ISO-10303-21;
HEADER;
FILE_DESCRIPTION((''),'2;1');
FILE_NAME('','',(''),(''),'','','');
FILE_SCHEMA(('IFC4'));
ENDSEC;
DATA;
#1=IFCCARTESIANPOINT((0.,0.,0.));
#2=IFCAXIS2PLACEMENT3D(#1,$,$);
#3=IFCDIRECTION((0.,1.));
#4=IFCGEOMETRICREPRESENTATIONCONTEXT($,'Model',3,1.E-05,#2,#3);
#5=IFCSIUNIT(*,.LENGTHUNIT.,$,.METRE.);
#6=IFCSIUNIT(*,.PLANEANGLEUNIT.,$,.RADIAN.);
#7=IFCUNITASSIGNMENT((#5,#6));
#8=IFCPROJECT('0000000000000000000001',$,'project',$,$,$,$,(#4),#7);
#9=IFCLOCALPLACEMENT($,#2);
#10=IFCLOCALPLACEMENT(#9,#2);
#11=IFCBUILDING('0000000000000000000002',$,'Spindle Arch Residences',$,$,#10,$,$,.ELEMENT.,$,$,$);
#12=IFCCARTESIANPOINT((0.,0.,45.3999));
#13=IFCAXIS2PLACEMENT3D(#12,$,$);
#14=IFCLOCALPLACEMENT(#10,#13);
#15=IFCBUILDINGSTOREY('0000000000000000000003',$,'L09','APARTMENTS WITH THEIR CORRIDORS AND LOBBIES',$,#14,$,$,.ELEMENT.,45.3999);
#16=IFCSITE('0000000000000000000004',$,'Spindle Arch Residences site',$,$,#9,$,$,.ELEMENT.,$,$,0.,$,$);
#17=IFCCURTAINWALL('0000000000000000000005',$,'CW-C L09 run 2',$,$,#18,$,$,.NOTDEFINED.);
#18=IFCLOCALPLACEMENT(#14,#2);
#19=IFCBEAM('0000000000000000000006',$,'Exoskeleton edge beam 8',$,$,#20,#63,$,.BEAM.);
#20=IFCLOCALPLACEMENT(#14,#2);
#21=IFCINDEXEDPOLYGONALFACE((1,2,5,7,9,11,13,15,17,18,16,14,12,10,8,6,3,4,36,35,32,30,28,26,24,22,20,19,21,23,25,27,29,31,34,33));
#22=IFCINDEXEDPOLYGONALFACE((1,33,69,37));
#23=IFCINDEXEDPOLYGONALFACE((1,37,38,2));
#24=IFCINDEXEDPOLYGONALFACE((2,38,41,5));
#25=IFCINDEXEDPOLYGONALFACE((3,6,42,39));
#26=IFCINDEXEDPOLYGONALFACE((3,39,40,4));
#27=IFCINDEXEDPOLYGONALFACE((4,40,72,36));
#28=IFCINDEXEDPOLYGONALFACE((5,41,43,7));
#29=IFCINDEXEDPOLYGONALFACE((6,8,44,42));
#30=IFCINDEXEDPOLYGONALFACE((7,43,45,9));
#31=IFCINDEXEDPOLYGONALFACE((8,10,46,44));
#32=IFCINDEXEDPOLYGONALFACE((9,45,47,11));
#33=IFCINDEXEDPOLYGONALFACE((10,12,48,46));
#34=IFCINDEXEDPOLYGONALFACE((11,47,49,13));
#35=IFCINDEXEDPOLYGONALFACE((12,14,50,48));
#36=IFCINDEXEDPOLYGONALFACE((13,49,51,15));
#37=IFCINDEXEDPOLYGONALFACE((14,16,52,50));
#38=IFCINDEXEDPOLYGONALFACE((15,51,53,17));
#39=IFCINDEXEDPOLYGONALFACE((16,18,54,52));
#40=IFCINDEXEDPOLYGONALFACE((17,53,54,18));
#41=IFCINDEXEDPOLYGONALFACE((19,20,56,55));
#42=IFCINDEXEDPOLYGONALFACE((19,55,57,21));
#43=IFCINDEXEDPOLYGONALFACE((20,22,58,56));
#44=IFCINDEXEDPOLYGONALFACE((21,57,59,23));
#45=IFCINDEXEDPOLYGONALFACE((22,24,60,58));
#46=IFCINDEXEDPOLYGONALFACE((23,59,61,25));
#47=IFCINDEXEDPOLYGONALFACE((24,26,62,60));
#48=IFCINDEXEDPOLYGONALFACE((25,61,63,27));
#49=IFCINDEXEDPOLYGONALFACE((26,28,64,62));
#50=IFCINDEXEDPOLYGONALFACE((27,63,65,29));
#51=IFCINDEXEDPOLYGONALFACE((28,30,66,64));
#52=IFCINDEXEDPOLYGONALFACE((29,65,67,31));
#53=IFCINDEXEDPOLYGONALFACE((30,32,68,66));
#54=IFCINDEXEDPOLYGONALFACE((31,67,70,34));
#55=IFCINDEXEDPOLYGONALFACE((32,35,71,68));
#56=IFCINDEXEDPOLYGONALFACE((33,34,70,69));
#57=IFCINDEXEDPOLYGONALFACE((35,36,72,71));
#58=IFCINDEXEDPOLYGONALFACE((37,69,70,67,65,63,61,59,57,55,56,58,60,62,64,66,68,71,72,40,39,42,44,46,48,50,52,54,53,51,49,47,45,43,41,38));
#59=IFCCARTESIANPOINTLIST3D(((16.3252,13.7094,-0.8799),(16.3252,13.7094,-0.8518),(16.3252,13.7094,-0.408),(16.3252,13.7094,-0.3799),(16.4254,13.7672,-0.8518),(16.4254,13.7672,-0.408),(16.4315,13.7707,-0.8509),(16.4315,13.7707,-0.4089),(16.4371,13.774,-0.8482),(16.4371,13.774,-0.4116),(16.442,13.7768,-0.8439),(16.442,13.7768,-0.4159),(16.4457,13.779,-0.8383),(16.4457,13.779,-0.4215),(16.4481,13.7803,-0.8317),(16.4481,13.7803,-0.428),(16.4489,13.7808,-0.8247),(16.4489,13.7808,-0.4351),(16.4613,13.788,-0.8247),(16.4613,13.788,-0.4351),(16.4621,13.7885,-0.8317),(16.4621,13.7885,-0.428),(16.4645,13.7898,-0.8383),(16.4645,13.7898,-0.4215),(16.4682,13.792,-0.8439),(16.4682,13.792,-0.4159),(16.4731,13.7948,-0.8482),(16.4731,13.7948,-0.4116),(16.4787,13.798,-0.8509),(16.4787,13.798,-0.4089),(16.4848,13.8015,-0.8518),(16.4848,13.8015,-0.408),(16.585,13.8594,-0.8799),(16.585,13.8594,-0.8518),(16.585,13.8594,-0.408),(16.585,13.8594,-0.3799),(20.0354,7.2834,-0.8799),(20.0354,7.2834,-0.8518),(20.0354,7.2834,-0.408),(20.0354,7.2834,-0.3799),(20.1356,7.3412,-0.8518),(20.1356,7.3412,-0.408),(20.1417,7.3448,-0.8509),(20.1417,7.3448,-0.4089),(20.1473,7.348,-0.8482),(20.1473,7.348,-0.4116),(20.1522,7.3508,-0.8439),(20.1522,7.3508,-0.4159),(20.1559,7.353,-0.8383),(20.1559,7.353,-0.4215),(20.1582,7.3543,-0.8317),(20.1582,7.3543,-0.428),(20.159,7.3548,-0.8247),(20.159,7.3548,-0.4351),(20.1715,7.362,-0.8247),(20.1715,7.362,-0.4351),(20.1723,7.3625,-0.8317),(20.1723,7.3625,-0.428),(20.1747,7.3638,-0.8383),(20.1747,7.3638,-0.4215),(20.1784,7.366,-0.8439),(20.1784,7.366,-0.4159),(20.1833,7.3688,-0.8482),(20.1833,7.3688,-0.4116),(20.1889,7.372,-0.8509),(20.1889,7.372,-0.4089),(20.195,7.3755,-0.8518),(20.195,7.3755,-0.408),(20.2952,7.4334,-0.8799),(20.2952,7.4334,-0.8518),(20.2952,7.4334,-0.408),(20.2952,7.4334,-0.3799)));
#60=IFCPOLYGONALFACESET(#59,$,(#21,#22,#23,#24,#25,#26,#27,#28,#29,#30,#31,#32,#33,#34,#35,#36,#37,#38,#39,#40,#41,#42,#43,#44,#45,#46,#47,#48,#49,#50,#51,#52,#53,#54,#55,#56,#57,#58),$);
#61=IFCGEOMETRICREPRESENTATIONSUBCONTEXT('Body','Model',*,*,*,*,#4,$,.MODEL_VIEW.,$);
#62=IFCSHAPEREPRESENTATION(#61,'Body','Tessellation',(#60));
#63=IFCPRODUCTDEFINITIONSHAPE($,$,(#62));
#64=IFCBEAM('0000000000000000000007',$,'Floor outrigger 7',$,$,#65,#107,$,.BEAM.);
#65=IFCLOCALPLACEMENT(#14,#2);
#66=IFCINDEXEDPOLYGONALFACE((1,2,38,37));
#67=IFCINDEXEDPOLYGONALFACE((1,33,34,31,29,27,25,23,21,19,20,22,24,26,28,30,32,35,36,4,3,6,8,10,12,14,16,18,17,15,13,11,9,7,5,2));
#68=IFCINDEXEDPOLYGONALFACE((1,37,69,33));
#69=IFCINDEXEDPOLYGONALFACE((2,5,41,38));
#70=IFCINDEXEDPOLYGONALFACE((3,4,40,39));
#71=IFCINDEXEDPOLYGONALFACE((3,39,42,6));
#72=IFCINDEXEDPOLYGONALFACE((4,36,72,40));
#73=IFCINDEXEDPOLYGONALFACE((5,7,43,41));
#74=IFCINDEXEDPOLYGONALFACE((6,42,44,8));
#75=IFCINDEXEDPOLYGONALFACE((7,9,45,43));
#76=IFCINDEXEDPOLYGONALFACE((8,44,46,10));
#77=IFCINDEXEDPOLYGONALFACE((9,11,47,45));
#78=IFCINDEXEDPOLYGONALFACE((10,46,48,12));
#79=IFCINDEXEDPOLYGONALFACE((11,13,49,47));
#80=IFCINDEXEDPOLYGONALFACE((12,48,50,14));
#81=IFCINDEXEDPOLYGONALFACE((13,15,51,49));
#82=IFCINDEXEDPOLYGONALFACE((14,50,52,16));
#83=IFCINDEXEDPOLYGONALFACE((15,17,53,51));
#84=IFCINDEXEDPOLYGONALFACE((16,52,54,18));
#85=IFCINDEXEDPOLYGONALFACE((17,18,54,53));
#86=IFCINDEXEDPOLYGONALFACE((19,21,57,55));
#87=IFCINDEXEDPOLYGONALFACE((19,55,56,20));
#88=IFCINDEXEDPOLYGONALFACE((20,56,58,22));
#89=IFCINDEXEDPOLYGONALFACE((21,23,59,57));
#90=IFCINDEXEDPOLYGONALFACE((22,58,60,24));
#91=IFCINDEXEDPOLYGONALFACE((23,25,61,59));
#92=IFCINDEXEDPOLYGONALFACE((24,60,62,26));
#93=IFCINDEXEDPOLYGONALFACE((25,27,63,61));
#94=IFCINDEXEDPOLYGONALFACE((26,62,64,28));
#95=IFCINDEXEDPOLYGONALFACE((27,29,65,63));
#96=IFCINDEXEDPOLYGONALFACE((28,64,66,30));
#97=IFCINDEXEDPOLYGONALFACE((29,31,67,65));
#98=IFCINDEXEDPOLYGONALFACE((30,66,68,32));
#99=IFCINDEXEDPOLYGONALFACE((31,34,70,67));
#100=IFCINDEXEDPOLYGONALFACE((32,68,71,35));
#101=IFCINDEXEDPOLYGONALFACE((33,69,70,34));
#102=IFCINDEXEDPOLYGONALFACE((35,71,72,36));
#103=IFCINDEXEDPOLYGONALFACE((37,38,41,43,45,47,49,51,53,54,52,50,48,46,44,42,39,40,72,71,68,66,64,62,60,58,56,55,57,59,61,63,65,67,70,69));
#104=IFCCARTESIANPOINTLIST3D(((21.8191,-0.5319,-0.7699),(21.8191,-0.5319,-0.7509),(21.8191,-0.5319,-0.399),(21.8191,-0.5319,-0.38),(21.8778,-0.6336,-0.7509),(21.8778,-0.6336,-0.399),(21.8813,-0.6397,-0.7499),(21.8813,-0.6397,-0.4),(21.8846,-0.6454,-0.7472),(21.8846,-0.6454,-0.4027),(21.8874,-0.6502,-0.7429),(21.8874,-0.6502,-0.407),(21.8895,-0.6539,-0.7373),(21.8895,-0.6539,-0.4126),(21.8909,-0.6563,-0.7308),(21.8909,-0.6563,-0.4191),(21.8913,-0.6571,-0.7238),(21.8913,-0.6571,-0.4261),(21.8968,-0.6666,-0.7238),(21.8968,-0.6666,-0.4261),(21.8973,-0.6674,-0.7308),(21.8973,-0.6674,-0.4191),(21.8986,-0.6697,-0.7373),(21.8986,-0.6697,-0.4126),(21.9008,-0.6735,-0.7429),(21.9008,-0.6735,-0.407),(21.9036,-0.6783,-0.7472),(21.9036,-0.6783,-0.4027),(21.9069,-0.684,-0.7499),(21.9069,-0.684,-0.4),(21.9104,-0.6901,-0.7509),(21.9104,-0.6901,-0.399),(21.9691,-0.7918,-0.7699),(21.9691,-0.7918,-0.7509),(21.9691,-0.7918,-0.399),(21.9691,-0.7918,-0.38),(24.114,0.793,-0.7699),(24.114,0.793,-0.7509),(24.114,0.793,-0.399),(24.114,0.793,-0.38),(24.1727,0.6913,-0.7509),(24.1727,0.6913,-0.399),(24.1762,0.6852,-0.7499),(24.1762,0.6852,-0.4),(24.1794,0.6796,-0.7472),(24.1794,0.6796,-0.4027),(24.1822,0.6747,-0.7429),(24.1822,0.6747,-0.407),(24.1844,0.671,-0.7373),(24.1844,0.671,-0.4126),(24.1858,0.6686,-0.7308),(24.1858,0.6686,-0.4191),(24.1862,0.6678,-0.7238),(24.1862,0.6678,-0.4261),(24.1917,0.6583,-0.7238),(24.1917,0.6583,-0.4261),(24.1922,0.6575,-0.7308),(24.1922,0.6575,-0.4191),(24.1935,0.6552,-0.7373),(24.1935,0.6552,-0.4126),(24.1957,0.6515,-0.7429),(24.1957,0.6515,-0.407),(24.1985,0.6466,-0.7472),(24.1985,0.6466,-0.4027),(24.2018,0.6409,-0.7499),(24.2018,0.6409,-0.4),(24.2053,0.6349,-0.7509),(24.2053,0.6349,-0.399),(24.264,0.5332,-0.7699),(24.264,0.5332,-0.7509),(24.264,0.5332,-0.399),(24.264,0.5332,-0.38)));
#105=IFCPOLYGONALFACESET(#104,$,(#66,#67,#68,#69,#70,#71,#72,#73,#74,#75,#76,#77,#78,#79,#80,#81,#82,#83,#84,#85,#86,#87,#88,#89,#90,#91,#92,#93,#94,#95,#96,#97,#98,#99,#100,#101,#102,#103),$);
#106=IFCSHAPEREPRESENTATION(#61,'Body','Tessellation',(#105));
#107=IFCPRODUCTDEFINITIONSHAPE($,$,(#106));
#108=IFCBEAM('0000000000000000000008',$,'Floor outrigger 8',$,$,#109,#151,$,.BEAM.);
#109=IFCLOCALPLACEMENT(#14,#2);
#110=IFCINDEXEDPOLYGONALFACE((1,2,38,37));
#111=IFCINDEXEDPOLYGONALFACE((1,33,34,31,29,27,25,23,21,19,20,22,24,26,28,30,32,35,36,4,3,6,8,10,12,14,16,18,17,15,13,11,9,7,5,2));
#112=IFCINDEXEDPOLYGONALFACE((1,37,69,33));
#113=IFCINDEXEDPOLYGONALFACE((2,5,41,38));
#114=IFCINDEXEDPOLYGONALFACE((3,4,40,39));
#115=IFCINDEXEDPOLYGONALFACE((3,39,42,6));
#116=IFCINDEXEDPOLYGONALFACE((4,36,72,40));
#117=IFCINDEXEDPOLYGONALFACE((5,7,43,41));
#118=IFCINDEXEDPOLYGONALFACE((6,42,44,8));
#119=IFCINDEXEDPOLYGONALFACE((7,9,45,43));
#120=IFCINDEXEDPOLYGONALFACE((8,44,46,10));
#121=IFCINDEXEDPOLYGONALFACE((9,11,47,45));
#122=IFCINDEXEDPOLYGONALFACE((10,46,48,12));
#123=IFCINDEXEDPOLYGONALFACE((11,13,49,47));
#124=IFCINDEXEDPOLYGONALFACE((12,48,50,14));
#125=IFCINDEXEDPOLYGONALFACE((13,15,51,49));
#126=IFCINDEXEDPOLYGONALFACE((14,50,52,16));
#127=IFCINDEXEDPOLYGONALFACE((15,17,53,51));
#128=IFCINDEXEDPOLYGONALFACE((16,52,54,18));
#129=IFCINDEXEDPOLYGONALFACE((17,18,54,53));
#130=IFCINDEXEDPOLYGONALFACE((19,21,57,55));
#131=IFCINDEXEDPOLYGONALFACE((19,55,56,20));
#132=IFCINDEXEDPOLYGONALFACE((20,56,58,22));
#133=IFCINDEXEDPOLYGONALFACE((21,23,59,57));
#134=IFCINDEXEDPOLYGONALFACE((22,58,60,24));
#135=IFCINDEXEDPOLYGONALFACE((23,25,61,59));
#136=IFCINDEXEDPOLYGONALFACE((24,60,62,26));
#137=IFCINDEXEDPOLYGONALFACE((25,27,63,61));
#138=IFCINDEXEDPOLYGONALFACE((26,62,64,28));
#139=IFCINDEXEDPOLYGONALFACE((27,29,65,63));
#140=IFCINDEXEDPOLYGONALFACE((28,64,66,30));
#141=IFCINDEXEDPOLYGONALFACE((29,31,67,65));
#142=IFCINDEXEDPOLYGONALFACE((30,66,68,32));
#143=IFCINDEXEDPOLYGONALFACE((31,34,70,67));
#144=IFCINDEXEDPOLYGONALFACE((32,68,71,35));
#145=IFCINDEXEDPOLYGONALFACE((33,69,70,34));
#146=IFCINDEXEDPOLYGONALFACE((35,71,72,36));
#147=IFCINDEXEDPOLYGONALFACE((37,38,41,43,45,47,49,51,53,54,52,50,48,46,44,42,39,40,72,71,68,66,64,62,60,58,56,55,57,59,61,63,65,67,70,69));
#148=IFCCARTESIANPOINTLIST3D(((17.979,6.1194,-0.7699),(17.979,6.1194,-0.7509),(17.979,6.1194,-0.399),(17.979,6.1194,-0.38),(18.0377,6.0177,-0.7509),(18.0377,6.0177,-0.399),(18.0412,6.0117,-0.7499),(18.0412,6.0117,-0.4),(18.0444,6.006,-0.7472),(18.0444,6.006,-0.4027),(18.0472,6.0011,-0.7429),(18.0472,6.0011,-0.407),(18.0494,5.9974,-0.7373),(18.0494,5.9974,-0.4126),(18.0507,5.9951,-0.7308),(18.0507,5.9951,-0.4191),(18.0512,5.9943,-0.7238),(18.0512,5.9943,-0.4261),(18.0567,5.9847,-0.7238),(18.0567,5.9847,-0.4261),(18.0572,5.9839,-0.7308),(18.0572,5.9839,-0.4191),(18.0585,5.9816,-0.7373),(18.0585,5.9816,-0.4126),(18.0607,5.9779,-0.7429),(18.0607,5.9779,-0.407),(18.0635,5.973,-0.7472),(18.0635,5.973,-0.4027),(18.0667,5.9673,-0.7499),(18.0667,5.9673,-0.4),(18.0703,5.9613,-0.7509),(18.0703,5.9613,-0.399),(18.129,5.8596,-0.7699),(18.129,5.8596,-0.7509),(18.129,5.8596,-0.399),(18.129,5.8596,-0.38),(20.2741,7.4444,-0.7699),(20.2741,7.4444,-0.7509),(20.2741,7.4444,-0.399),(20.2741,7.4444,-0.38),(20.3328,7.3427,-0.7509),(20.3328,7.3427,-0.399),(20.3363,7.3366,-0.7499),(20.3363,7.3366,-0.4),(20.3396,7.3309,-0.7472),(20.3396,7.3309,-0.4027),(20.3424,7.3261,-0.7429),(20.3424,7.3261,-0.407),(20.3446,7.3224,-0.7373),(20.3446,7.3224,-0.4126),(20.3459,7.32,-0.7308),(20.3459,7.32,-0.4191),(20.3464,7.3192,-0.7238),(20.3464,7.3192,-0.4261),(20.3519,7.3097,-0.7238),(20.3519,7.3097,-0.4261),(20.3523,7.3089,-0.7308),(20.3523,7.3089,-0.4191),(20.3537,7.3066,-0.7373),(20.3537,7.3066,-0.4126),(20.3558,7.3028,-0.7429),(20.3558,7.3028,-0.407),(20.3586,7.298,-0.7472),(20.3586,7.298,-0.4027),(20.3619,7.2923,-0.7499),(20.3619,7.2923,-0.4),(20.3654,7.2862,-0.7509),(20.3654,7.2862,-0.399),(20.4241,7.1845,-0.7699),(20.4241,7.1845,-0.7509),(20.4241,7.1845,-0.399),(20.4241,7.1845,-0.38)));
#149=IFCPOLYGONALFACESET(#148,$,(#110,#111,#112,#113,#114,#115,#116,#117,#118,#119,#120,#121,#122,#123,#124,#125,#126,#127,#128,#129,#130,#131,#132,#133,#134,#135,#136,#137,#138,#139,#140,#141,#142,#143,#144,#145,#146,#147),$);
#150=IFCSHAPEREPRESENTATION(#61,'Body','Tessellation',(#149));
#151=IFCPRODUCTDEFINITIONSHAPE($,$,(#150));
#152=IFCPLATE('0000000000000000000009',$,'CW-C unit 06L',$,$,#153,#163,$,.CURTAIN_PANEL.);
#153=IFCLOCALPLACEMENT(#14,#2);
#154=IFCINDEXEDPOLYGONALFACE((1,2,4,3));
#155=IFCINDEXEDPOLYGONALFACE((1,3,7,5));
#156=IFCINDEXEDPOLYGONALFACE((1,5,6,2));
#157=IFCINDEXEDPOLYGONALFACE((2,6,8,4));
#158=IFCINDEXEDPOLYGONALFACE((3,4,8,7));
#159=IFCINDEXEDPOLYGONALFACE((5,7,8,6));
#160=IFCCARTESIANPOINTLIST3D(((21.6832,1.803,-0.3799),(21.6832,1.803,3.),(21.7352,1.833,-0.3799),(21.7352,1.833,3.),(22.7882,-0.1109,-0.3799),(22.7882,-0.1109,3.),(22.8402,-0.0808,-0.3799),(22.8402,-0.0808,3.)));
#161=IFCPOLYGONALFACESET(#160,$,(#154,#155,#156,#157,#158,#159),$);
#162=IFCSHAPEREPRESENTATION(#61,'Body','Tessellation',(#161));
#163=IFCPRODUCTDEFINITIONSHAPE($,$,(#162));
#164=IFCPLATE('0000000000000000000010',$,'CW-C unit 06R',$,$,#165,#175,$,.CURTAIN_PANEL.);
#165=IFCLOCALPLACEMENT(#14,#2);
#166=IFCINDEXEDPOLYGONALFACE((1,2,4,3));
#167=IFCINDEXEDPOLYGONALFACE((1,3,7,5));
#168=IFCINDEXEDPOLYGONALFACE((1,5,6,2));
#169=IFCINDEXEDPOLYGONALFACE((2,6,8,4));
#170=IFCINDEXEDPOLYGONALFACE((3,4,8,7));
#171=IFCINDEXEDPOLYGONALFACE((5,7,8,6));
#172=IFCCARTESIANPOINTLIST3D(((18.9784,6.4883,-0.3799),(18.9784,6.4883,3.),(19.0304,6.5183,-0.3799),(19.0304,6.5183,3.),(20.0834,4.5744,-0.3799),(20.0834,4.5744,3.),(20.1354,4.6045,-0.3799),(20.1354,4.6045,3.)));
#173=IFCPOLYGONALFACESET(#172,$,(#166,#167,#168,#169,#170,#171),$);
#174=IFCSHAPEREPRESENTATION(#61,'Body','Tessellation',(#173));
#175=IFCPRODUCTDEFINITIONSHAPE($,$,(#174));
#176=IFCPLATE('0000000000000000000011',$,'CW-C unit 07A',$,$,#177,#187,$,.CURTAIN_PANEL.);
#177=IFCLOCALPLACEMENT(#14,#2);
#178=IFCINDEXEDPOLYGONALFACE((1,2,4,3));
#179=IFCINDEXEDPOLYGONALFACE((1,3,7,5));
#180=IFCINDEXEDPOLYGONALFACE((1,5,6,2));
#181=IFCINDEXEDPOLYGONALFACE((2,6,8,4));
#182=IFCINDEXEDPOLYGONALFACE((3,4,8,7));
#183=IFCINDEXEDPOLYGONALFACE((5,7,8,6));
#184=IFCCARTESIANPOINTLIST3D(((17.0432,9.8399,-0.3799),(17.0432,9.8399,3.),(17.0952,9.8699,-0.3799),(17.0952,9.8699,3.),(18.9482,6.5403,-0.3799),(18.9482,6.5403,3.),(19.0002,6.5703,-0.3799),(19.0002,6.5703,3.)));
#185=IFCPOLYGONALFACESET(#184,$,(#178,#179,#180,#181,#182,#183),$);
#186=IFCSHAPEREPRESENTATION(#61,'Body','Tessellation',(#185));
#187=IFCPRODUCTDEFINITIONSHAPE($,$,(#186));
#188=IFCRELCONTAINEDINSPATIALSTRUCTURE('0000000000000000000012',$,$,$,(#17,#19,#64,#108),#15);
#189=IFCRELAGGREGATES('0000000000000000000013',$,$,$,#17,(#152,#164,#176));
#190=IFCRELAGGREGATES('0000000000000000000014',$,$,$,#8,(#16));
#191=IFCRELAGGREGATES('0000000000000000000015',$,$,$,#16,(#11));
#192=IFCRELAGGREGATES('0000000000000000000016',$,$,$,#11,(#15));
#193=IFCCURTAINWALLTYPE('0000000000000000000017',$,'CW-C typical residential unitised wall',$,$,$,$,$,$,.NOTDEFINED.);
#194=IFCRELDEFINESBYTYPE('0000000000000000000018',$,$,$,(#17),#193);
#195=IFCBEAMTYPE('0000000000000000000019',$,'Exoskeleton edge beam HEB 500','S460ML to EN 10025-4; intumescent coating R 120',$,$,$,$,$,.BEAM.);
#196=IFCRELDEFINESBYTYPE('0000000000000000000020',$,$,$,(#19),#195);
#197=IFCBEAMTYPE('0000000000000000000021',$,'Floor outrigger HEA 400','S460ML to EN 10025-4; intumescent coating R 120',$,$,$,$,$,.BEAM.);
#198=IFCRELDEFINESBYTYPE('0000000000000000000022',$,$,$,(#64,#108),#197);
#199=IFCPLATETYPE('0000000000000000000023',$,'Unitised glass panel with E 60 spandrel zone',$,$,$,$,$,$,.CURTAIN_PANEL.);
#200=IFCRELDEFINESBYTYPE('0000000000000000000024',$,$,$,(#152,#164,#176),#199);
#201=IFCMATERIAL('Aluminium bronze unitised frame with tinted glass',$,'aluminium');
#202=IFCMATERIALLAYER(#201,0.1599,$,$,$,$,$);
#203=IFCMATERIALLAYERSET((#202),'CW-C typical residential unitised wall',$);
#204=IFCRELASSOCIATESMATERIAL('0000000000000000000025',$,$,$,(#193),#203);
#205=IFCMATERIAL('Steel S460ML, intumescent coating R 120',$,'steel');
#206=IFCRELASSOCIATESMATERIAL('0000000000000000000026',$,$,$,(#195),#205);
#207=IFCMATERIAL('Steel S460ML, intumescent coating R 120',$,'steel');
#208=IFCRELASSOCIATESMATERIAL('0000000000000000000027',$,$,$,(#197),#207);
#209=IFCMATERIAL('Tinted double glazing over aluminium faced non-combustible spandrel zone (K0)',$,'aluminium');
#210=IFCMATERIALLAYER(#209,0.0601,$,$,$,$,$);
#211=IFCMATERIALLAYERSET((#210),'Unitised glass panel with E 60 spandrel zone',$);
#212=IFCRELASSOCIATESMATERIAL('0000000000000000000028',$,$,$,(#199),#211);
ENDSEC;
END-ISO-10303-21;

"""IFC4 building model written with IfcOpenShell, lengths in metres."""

from ifc_helpers import new_model, si_unit, direction, frame, origin, origin_2d, place, context, subcontext, project, spatial, rectangle, i_section, extrude, material, layer, layer_set, material_profile, profile_set, type_object, element, aggregate, save


model = new_model("IFC4")

# Units and contexts
model_context = context("Model", 3, precision=1e-05, world=origin(), true_north=direction((0.0, 1.0)))
body_context = subcontext(model_context, "Body", "Model", "MODEL_VIEW")
ifc_project = project(units=[si_unit("LENGTHUNIT", "METRE"), si_unit("PLANEANGLEUNIT", "RADIAN")], contexts=[model_context])

# Site, building, storey
site_placement = place(None, origin())
site = spatial("IfcSite", under=ifc_project, at=site_placement, Name="Spindle Arch Residences site", CompositionType="ELEMENT", RefElevation=0.0)
building_placement = place(site_placement, origin())
building = spatial("IfcBuilding", under=site, at=building_placement, Name="Spindle Arch Residences", CompositionType="ELEMENT")
storey_placement = place(building_placement, frame((0.0, 0.0, 45.3999)))
storey = spatial("IfcBuildingStorey", under=building, at=storey_placement, Name="L09", Description="APARTMENTS WITH THEIR CORRIDORS AND LOBBIES", CompositionType="ELEMENT", Elevation=45.3999)

# Curtain wall
ifc_material_1 = material(Name="Aluminium bronze unitised frame with tinted glass", Category="aluminium")
ifc_layer_1 = layer(ifc_material_1, 0.1599)
ifc_layer_set_1 = layer_set([ifc_layer_1], Name="CW-C typical residential unitised wall")
curtain_wall_type = type_object("IfcCurtainWallType", Name="CW-C typical residential unitised wall", PredefinedType="NOTDEFINED", material=ifc_layer_set_1)
curtain_wall_placement = place(storey_placement, origin())
curtain_wall = element("IfcCurtainWall", 1, at=curtain_wall_placement, inside=storey, type_object=curtain_wall_type, Name="CW-C L09 run 2", PredefinedType="NOTDEFINED")

# Beams
ifc_material_2 = material(Name="Steel S460ML, intumescent coating R 120", Category="steel")
ifc_material_profile_1 = material_profile(ifc_material_2, i_section(OverallWidth=0.3, OverallDepth=0.5, WebThickness=0.0144, FlangeThickness=0.0281, FilletRadius=0.0271, at=origin_2d()), Name="HEB 500")
ifc_profile_set_1 = profile_set([ifc_material_profile_1], Name="Steel S460ML, intumescent coating R 120")
beam_type_1 = type_object("IfcBeamType", Name="Exoskeleton edge beam HEB 500", Description="S460ML to EN 10025-4; intumescent coating R 120", PredefinedType="BEAM", material=ifc_profile_set_1)
for number, where, z_axis, x_axis, name in (
    (2, (20.1653, 7.3584, -0.6299), (-0.500014, 0.866017, 0.0), (-0.866017, -0.500014, 0.0), "Exoskeleton edge beam 8"),
):
    element("IfcBeam", number, at=place(storey_placement, frame(where, z_axis=z_axis, x_axis=x_axis)), inside=storey, type_object=beam_type_1, Name=name, PredefinedType="BEAM", context=body_context, shape_type="SweptSolid", body=[
        extrude(i_section(OverallWidth=0.3, OverallDepth=0.5, WebThickness=0.0144, FlangeThickness=0.0281, FilletRadius=0.0271, at=origin_2d()), origin(), (0.0, 0.0, 1.0), 7.4202),
    ])
ifc_material_3 = material(Name="Steel S460ML, intumescent coating R 120", Category="steel")
ifc_material_profile_2 = material_profile(ifc_material_3, i_section(OverallWidth=0.3, OverallDepth=0.3899, WebThickness=0.011, FlangeThickness=0.019, FilletRadius=0.0271, at=origin_2d()), Name="HEA 400")
ifc_profile_set_2 = profile_set([ifc_material_profile_2], Name="Steel S460ML, intumescent coating R 120")
beam_type_2 = type_object("IfcBeamType", Name="Floor outrigger HEA 400", Description="S460ML to EN 10025-4; intumescent coating R 120", PredefinedType="BEAM", material=ifc_profile_set_2)
beam_1_placement = place(storey_placement, frame((24.189, 0.6631, -0.575), z_axis=(-0.866029, -0.499994, 0.0), x_axis=(0.499994, -0.866029, 0.0)))
element("IfcBeam", 3, at=beam_1_placement, inside=storey, type_object=beam_type_2, Name="Floor outrigger 7", PredefinedType="BEAM", context=body_context, shape_type="SweptSolid", body=[
    extrude(i_section(OverallWidth=0.3, OverallDepth=0.3899, WebThickness=0.011, FlangeThickness=0.019, FilletRadius=0.0271, at=origin_2d()), origin(), (0.0, 0.0, 1.0), 2.6499),
])
beam_2_placement = place(storey_placement, frame((20.3491, 7.3145, -0.575), z_axis=(-0.866052, -0.499954, 0.0), x_axis=(0.499954, -0.866052, 0.0)))
element("IfcBeam", 4, at=beam_2_placement, inside=storey, type_object=beam_type_2, Name="Floor outrigger 8", PredefinedType="BEAM", context=body_context, shape_type="SweptSolid", body=[
    extrude(i_section(OverallWidth=0.3, OverallDepth=0.3899, WebThickness=0.011, FlangeThickness=0.019, FilletRadius=0.0271, at=origin_2d()), origin(), (0.0, 0.0, 1.0), 2.6501),
])

# Plates
ifc_material_4 = material(Name="Tinted double glazing over aluminium faced non-combustible spandrel zone (K0)", Category="aluminium")
ifc_layer_2 = layer(ifc_material_4, 0.0601)
ifc_layer_set_2 = layer_set([ifc_layer_2], Name="Unitised glass panel with E 60 spandrel zone")
plate_type = type_object("IfcPlateType", Name="Unitised glass panel with E 60 spandrel zone", PredefinedType="CURTAIN_PANEL", material=ifc_layer_set_2)
plate_1_placement = place(storey_placement, frame((22.2617, 0.8611, -0.3799), z_axis=(0.0, 0.0, 1.0), x_axis=(-0.5, 0.866025, 0.0)))
plate_1 = element("IfcPlate", 5, at=plate_1_placement, type_object=plate_type, Name="CW-C unit 06L", PredefinedType="CURTAIN_PANEL", context=body_context, shape_type="SweptSolid", body=[
    extrude(rectangle(XDim=2.21, YDim=0.0601, at=origin_2d()), origin(), (0.0, 0.0, 1.0), 3.3799),
])
plate_2_placement = place(storey_placement, frame((19.5569, 5.5464, -0.3799), z_axis=(0.0, 0.0, 1.0), x_axis=(-0.5, 0.866025, 0.0)))
plate_2 = element("IfcPlate", 6, at=plate_2_placement, type_object=plate_type, Name="CW-C unit 06R", PredefinedType="CURTAIN_PANEL", context=body_context, shape_type="SweptSolid", body=[
    extrude(rectangle(XDim=2.21, YDim=0.0601, at=origin_2d()), origin(), (0.0, 0.0, 1.0), 3.3799),
])
plate_3_placement = place(storey_placement, frame((18.0217, 8.2051, -0.3799), z_axis=(0.0, 0.0, 1.0), x_axis=(-0.5, 0.866025, 0.0)))
plate_3 = element("IfcPlate", 7, at=plate_3_placement, type_object=plate_type, Name="CW-C unit 07A", PredefinedType="CURTAIN_PANEL", context=body_context, shape_type="SweptSolid", body=[
    extrude(rectangle(XDim=3.8101, YDim=0.0601, at=origin_2d()), origin(), (0.0, 0.0, 1.0), 3.3799),
])
aggregate(curtain_wall, [plate_1, plate_2, plate_3])

save(model, "model.ifc")
